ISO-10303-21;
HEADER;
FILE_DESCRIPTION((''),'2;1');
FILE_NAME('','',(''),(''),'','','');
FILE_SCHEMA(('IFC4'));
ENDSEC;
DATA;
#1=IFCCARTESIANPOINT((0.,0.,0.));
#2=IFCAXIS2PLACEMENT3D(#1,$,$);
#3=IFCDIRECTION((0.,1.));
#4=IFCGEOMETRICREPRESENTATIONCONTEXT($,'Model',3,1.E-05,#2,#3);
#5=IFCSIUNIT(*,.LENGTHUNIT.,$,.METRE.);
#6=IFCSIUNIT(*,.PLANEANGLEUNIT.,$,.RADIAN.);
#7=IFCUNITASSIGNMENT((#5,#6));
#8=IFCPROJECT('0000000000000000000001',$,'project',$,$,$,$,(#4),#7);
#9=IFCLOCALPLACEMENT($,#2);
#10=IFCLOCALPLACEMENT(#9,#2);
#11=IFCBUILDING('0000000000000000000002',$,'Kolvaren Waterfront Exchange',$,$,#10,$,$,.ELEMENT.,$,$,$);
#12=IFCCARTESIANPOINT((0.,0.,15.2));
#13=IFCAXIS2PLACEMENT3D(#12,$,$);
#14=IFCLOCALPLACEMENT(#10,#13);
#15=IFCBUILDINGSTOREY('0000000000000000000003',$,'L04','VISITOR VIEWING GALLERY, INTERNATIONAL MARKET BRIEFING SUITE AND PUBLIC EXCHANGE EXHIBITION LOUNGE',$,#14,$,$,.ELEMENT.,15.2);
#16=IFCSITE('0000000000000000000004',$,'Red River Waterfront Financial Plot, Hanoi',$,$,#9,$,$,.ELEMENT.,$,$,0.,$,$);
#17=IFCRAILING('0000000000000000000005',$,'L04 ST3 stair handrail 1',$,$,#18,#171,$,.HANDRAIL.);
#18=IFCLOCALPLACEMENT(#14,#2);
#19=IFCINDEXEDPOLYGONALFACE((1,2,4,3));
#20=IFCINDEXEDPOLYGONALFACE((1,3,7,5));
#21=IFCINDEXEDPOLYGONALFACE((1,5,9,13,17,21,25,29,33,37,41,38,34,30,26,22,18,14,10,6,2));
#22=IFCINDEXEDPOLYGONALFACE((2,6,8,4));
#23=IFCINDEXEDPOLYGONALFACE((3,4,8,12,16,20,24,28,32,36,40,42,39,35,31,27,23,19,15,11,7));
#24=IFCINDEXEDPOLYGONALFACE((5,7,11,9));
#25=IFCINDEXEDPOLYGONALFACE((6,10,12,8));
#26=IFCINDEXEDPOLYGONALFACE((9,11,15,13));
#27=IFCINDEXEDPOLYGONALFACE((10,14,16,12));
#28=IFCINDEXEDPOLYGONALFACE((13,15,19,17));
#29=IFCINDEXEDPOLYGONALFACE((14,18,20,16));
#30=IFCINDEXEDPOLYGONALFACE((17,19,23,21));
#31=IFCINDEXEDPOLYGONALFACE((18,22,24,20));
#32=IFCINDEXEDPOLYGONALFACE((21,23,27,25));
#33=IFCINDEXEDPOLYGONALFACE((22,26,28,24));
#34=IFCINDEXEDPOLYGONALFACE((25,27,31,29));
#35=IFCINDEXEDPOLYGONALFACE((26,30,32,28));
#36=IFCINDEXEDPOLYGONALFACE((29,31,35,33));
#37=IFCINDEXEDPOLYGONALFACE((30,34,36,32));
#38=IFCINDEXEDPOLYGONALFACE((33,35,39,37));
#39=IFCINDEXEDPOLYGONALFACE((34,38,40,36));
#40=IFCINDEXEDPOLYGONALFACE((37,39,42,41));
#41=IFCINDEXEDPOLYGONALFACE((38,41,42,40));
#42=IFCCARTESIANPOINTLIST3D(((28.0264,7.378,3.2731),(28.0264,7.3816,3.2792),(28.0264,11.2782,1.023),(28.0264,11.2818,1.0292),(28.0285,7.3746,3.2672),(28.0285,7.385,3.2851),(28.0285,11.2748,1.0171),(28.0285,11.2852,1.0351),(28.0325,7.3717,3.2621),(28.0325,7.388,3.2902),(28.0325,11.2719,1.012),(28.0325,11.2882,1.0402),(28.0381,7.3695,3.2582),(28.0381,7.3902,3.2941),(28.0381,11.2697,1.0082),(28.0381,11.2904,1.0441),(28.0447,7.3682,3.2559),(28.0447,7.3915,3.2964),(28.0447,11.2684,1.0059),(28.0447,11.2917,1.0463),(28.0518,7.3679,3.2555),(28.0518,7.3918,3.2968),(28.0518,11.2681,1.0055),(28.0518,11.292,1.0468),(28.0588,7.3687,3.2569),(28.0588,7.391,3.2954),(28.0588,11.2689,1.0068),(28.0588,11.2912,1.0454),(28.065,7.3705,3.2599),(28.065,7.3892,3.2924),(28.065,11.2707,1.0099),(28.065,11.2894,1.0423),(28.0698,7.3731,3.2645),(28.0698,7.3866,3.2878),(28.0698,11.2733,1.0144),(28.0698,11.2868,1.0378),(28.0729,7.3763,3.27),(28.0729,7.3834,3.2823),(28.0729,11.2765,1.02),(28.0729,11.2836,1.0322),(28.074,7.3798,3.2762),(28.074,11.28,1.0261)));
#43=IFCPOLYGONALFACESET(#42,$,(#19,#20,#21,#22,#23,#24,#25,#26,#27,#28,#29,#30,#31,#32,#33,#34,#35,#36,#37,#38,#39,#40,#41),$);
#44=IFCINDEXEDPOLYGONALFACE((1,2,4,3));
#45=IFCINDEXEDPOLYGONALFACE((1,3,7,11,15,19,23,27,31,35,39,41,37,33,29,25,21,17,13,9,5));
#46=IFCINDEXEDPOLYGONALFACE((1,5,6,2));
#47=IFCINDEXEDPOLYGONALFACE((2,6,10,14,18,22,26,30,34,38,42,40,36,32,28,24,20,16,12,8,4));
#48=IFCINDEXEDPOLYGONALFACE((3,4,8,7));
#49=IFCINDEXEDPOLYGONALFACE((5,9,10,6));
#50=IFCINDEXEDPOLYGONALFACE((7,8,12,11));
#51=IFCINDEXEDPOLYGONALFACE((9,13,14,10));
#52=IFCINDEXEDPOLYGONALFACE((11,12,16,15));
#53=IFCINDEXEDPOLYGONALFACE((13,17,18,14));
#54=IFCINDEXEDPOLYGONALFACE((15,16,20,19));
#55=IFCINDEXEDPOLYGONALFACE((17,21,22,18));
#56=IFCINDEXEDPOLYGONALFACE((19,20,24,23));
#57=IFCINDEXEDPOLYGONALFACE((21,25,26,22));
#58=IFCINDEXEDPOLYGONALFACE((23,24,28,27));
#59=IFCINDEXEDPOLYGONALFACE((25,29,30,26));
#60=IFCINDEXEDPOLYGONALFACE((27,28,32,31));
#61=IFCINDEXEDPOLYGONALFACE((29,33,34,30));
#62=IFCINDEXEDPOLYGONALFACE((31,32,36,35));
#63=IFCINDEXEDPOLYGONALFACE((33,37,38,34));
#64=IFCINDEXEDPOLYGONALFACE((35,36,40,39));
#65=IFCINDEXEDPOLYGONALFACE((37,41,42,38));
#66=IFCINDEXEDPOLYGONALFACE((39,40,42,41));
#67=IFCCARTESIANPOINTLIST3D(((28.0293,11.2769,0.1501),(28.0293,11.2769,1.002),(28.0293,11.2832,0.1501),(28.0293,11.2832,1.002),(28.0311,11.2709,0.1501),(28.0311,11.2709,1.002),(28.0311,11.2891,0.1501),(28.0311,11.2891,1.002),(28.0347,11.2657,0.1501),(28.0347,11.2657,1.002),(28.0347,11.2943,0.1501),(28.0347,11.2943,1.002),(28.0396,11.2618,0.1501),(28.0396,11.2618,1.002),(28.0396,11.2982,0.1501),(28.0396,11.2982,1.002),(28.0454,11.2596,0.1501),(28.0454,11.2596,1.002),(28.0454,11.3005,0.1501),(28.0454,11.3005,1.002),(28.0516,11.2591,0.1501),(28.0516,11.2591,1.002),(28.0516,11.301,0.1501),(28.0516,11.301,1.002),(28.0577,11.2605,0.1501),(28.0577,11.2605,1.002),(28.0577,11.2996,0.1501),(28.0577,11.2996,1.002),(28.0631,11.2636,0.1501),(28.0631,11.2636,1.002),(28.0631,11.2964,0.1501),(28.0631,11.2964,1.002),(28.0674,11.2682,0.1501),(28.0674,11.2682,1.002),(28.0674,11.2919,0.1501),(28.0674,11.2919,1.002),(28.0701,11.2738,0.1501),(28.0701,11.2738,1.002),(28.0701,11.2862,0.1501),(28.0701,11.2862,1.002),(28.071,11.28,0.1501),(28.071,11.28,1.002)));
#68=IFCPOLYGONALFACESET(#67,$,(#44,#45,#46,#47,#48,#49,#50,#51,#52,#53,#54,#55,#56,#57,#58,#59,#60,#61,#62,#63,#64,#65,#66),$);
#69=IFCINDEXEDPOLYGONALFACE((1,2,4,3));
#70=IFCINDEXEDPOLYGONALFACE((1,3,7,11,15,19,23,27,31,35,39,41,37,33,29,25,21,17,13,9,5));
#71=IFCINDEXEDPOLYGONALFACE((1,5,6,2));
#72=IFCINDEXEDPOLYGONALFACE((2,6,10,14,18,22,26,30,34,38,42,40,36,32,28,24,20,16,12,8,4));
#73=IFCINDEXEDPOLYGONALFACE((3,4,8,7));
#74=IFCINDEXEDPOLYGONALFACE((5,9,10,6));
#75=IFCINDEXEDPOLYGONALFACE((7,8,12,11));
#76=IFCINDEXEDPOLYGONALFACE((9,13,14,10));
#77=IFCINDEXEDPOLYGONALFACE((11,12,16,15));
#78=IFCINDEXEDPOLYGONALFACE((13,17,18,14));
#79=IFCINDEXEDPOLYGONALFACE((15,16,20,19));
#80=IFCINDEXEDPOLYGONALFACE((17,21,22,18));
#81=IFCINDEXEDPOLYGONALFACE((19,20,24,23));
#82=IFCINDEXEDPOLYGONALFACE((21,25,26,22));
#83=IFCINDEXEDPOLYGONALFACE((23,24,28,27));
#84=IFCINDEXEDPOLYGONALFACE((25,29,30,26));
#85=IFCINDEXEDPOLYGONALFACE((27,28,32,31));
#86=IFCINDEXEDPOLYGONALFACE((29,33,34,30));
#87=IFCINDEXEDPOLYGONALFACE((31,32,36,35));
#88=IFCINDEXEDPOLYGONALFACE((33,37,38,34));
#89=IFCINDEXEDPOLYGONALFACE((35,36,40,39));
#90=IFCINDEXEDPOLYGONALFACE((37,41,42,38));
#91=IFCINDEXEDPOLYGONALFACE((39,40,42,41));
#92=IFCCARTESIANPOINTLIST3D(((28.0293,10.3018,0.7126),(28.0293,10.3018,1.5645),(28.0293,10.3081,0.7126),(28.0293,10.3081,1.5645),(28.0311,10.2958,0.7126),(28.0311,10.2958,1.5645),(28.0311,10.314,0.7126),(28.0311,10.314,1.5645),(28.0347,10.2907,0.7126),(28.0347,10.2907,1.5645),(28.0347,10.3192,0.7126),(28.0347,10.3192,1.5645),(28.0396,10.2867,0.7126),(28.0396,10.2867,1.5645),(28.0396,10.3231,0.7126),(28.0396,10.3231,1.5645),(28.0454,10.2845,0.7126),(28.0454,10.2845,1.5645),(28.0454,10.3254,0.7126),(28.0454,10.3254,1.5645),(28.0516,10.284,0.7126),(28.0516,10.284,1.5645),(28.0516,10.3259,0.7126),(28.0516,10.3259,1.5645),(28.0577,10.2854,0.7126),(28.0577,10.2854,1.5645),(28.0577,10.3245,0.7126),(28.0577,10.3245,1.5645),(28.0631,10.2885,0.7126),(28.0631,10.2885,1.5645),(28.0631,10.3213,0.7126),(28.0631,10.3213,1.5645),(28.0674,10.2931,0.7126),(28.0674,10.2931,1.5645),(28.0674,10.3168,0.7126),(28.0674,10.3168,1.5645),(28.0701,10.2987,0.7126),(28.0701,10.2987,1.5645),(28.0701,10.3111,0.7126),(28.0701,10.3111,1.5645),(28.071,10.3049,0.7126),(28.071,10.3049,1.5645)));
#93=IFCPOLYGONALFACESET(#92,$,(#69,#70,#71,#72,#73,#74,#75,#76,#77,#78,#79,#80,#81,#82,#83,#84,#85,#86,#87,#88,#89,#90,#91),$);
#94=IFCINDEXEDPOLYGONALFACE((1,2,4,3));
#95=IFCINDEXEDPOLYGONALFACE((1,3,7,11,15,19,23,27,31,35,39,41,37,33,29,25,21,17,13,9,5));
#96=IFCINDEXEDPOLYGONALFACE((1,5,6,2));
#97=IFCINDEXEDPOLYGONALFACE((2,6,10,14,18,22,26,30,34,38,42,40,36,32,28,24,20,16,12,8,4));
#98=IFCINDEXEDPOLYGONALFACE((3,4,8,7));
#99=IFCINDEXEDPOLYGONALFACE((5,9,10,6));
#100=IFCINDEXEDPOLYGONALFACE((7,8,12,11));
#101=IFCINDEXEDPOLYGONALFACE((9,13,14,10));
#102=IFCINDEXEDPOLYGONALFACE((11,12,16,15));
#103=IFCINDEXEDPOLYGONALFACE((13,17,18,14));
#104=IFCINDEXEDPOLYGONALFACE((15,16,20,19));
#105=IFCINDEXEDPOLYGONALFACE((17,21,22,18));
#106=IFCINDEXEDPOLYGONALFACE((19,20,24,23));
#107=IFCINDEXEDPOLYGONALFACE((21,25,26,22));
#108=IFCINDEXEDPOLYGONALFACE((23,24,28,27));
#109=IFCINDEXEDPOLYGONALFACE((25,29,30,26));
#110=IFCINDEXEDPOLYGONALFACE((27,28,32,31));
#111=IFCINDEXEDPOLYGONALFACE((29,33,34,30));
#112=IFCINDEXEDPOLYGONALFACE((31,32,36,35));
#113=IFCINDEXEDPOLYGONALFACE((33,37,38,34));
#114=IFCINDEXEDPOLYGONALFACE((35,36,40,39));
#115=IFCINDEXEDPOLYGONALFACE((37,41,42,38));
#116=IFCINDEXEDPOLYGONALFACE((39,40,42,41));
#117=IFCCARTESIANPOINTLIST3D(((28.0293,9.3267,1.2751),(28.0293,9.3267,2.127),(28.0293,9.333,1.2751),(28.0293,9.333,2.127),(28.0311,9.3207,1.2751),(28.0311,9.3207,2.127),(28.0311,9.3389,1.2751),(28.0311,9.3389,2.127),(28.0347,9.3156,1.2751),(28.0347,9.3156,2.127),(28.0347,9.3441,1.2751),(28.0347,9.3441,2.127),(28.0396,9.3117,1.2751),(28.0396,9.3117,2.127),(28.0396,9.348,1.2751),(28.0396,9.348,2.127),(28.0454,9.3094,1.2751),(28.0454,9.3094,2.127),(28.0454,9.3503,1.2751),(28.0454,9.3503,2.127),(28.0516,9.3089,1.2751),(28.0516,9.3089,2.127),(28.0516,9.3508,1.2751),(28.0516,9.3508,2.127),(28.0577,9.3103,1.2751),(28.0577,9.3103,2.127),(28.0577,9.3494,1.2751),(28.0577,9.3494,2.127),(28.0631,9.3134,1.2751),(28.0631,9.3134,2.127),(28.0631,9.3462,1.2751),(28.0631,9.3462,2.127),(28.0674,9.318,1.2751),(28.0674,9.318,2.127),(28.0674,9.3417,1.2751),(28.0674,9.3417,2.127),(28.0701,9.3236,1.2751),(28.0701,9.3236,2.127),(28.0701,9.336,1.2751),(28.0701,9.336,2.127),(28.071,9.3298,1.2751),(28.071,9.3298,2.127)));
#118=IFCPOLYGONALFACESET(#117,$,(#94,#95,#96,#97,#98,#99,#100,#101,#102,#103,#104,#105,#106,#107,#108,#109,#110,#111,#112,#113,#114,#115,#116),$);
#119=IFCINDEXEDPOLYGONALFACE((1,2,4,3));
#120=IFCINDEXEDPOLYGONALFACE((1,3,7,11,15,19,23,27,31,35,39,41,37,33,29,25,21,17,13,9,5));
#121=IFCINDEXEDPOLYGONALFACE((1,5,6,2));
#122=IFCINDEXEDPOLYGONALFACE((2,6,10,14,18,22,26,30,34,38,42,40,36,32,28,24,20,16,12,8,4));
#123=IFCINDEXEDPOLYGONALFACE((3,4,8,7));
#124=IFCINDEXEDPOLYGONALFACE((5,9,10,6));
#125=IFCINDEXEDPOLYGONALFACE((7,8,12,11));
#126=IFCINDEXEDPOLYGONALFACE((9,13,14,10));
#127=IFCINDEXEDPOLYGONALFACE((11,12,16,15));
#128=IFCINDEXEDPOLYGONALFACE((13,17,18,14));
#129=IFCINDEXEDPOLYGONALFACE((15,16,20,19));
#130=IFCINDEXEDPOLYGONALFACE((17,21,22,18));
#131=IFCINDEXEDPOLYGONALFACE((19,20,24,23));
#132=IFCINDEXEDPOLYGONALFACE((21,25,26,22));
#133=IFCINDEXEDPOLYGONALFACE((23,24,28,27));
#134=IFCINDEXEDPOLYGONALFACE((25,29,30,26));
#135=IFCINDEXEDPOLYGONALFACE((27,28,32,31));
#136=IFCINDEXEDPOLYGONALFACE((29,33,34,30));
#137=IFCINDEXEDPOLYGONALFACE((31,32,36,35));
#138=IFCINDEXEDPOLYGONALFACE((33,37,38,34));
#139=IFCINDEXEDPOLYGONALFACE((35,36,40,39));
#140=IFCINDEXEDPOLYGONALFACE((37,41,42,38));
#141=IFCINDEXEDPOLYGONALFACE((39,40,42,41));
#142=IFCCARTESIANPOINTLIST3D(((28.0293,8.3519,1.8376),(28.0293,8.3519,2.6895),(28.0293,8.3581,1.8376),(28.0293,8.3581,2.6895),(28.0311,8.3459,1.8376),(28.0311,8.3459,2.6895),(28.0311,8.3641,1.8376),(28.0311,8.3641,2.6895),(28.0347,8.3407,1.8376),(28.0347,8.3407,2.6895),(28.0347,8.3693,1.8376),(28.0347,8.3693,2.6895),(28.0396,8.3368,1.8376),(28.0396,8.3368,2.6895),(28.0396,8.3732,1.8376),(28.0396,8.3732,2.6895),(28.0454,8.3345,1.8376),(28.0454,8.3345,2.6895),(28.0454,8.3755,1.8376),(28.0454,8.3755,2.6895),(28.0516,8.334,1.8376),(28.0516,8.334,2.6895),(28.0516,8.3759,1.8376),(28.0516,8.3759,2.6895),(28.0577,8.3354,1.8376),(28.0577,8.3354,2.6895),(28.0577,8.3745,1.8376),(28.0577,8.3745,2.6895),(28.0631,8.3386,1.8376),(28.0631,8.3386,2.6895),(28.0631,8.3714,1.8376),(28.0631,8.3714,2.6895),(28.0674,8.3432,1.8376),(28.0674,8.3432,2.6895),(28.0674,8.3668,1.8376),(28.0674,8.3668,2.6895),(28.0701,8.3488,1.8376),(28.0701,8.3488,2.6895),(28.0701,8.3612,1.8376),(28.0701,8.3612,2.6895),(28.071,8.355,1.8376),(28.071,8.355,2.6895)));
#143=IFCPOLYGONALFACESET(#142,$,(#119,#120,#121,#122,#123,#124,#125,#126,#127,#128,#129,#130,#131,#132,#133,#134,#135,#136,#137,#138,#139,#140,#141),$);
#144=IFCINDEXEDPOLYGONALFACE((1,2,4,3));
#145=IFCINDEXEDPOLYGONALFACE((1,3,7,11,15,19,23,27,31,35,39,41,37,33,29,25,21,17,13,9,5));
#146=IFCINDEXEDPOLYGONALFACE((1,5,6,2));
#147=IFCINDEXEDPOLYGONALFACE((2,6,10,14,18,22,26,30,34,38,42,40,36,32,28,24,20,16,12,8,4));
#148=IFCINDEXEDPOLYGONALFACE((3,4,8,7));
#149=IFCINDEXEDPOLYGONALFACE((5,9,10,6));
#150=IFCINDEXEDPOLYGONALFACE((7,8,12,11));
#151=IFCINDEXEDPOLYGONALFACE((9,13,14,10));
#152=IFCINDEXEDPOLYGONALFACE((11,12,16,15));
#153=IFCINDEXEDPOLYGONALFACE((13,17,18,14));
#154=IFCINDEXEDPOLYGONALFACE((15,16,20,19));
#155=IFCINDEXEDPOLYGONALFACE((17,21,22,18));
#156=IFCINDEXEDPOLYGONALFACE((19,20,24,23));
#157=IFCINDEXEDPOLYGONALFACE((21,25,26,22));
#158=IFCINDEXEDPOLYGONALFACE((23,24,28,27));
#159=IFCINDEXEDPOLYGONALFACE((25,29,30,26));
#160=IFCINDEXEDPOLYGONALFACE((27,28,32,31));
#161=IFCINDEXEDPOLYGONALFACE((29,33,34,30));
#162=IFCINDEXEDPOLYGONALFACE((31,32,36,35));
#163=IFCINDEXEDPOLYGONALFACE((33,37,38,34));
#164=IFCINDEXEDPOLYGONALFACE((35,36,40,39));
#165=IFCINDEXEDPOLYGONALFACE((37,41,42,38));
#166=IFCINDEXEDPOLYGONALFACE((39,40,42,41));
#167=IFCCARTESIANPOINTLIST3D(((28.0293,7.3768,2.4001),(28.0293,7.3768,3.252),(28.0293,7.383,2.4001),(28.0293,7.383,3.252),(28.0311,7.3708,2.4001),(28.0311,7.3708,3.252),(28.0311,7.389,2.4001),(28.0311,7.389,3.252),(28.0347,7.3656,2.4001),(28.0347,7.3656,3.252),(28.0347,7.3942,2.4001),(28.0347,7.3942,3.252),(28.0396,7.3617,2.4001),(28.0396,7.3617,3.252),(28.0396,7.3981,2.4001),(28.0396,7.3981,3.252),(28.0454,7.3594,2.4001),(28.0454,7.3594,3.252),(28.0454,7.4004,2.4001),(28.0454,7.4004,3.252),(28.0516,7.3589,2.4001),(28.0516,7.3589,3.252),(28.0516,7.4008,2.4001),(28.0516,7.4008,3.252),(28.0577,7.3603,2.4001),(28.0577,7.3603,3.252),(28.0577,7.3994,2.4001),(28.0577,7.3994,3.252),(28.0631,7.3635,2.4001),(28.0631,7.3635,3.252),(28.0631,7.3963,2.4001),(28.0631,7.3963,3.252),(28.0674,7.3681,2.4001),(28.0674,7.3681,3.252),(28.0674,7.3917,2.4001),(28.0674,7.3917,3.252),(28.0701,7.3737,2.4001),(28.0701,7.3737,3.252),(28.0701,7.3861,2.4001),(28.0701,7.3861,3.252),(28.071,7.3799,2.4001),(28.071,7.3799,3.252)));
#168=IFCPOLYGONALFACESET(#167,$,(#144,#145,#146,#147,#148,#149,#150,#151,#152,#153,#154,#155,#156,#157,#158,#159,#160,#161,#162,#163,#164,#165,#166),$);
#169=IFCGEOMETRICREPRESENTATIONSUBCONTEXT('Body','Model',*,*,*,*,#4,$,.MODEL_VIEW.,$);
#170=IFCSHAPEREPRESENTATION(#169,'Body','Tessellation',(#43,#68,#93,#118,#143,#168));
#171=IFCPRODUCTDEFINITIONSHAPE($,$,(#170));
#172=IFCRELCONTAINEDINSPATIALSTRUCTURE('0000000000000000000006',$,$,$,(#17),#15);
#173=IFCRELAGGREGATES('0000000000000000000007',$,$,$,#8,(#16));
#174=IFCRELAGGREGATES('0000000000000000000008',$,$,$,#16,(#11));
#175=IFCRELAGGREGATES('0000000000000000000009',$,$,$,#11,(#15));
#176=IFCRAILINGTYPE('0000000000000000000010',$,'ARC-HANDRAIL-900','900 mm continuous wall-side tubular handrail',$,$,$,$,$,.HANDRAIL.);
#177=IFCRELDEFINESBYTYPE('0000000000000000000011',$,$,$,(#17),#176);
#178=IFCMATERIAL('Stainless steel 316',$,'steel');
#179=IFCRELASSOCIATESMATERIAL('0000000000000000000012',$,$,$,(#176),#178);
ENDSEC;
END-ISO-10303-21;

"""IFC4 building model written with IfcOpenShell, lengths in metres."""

from ifc_helpers import new_model, si_unit, direction, frame, origin, origin_2d, place, context, subcontext, project, spatial, circle, extrude, material, type_object, element, save


model = new_model("IFC4")

# Units and contexts
model_context = context("Model", 3, precision=1e-05, world=origin(), true_north=direction((0.0, 1.0)))
body_context = subcontext(model_context, "Body", "Model", "MODEL_VIEW")
ifc_project = project(units=[si_unit("LENGTHUNIT", "METRE"), si_unit("PLANEANGLEUNIT", "RADIAN")], contexts=[model_context])

# Site, building, storey
site_placement = place(None, origin())
site = spatial("IfcSite", under=ifc_project, at=site_placement, Name="Red River Waterfront Financial Plot, Hanoi", CompositionType="ELEMENT", RefElevation=0.0)
building_placement = place(site_placement, origin())
building = spatial("IfcBuilding", under=site, at=building_placement, Name="Kolvaren Waterfront Exchange", CompositionType="ELEMENT")
storey_placement = place(building_placement, frame((0.0, 0.0, 15.2)))
storey = spatial("IfcBuildingStorey", under=building, at=storey_placement, Name="L04", Description="VISITOR VIEWING GALLERY, INTERNATIONAL MARKET BRIEFING SUITE AND PUBLIC EXCHANGE EXHIBITION LOUNGE", CompositionType="ELEMENT", Elevation=15.2)

# Railing
ifc_material_1 = material(Name="Stainless steel 316", Category="steel")
railing_type_1 = type_object("IfcRailingType", Name="ARC-HANDRAIL-900", Description="900 mm continuous wall-side tubular handrail", PredefinedType="HANDRAIL", material=ifc_material_1)
railing_1_placement = place(storey_placement, frame((28.05, 11.28, 0.1501)))
element("IfcRailing", 1, at=railing_1_placement, inside=storey, type_object=railing_type_1, Name="L04 ST3 stair handrail 1", PredefinedType="HANDRAIL", context=body_context, shape_type="SweptSolid", body=[
    extrude(circle(Radius=0.0239, at=origin_2d()), frame((0.0, 0.0, 0.876), z_axis=(0.0, -0.866194, 0.499708), x_axis=(1.0, 0.0, 0.0)), (0.0, 0.0, 1.0), 4.5027),
    extrude(circle(Radius=0.021, at=origin_2d()), origin(), (0.0, 0.0, 1.0), 0.8518),
    extrude(circle(Radius=0.021, at=origin_2d()), frame((0.0, -0.9751, 0.5625)), (0.0, 0.0, 1.0), 0.8518),
    extrude(circle(Radius=0.021, at=origin_2d()), frame((0.0, -1.9502, 1.125)), (0.0, 0.0, 1.0), 0.8518),
    extrude(circle(Radius=0.021, at=origin_2d()), frame((0.0, -2.925, 1.6875)), (0.0, 0.0, 1.0), 0.8518),
    extrude(circle(Radius=0.021, at=origin_2d()), frame((0.0, -3.9001, 2.25)), (0.0, 0.0, 1.0), 0.8518),
])

save(model, "model.ifc")
